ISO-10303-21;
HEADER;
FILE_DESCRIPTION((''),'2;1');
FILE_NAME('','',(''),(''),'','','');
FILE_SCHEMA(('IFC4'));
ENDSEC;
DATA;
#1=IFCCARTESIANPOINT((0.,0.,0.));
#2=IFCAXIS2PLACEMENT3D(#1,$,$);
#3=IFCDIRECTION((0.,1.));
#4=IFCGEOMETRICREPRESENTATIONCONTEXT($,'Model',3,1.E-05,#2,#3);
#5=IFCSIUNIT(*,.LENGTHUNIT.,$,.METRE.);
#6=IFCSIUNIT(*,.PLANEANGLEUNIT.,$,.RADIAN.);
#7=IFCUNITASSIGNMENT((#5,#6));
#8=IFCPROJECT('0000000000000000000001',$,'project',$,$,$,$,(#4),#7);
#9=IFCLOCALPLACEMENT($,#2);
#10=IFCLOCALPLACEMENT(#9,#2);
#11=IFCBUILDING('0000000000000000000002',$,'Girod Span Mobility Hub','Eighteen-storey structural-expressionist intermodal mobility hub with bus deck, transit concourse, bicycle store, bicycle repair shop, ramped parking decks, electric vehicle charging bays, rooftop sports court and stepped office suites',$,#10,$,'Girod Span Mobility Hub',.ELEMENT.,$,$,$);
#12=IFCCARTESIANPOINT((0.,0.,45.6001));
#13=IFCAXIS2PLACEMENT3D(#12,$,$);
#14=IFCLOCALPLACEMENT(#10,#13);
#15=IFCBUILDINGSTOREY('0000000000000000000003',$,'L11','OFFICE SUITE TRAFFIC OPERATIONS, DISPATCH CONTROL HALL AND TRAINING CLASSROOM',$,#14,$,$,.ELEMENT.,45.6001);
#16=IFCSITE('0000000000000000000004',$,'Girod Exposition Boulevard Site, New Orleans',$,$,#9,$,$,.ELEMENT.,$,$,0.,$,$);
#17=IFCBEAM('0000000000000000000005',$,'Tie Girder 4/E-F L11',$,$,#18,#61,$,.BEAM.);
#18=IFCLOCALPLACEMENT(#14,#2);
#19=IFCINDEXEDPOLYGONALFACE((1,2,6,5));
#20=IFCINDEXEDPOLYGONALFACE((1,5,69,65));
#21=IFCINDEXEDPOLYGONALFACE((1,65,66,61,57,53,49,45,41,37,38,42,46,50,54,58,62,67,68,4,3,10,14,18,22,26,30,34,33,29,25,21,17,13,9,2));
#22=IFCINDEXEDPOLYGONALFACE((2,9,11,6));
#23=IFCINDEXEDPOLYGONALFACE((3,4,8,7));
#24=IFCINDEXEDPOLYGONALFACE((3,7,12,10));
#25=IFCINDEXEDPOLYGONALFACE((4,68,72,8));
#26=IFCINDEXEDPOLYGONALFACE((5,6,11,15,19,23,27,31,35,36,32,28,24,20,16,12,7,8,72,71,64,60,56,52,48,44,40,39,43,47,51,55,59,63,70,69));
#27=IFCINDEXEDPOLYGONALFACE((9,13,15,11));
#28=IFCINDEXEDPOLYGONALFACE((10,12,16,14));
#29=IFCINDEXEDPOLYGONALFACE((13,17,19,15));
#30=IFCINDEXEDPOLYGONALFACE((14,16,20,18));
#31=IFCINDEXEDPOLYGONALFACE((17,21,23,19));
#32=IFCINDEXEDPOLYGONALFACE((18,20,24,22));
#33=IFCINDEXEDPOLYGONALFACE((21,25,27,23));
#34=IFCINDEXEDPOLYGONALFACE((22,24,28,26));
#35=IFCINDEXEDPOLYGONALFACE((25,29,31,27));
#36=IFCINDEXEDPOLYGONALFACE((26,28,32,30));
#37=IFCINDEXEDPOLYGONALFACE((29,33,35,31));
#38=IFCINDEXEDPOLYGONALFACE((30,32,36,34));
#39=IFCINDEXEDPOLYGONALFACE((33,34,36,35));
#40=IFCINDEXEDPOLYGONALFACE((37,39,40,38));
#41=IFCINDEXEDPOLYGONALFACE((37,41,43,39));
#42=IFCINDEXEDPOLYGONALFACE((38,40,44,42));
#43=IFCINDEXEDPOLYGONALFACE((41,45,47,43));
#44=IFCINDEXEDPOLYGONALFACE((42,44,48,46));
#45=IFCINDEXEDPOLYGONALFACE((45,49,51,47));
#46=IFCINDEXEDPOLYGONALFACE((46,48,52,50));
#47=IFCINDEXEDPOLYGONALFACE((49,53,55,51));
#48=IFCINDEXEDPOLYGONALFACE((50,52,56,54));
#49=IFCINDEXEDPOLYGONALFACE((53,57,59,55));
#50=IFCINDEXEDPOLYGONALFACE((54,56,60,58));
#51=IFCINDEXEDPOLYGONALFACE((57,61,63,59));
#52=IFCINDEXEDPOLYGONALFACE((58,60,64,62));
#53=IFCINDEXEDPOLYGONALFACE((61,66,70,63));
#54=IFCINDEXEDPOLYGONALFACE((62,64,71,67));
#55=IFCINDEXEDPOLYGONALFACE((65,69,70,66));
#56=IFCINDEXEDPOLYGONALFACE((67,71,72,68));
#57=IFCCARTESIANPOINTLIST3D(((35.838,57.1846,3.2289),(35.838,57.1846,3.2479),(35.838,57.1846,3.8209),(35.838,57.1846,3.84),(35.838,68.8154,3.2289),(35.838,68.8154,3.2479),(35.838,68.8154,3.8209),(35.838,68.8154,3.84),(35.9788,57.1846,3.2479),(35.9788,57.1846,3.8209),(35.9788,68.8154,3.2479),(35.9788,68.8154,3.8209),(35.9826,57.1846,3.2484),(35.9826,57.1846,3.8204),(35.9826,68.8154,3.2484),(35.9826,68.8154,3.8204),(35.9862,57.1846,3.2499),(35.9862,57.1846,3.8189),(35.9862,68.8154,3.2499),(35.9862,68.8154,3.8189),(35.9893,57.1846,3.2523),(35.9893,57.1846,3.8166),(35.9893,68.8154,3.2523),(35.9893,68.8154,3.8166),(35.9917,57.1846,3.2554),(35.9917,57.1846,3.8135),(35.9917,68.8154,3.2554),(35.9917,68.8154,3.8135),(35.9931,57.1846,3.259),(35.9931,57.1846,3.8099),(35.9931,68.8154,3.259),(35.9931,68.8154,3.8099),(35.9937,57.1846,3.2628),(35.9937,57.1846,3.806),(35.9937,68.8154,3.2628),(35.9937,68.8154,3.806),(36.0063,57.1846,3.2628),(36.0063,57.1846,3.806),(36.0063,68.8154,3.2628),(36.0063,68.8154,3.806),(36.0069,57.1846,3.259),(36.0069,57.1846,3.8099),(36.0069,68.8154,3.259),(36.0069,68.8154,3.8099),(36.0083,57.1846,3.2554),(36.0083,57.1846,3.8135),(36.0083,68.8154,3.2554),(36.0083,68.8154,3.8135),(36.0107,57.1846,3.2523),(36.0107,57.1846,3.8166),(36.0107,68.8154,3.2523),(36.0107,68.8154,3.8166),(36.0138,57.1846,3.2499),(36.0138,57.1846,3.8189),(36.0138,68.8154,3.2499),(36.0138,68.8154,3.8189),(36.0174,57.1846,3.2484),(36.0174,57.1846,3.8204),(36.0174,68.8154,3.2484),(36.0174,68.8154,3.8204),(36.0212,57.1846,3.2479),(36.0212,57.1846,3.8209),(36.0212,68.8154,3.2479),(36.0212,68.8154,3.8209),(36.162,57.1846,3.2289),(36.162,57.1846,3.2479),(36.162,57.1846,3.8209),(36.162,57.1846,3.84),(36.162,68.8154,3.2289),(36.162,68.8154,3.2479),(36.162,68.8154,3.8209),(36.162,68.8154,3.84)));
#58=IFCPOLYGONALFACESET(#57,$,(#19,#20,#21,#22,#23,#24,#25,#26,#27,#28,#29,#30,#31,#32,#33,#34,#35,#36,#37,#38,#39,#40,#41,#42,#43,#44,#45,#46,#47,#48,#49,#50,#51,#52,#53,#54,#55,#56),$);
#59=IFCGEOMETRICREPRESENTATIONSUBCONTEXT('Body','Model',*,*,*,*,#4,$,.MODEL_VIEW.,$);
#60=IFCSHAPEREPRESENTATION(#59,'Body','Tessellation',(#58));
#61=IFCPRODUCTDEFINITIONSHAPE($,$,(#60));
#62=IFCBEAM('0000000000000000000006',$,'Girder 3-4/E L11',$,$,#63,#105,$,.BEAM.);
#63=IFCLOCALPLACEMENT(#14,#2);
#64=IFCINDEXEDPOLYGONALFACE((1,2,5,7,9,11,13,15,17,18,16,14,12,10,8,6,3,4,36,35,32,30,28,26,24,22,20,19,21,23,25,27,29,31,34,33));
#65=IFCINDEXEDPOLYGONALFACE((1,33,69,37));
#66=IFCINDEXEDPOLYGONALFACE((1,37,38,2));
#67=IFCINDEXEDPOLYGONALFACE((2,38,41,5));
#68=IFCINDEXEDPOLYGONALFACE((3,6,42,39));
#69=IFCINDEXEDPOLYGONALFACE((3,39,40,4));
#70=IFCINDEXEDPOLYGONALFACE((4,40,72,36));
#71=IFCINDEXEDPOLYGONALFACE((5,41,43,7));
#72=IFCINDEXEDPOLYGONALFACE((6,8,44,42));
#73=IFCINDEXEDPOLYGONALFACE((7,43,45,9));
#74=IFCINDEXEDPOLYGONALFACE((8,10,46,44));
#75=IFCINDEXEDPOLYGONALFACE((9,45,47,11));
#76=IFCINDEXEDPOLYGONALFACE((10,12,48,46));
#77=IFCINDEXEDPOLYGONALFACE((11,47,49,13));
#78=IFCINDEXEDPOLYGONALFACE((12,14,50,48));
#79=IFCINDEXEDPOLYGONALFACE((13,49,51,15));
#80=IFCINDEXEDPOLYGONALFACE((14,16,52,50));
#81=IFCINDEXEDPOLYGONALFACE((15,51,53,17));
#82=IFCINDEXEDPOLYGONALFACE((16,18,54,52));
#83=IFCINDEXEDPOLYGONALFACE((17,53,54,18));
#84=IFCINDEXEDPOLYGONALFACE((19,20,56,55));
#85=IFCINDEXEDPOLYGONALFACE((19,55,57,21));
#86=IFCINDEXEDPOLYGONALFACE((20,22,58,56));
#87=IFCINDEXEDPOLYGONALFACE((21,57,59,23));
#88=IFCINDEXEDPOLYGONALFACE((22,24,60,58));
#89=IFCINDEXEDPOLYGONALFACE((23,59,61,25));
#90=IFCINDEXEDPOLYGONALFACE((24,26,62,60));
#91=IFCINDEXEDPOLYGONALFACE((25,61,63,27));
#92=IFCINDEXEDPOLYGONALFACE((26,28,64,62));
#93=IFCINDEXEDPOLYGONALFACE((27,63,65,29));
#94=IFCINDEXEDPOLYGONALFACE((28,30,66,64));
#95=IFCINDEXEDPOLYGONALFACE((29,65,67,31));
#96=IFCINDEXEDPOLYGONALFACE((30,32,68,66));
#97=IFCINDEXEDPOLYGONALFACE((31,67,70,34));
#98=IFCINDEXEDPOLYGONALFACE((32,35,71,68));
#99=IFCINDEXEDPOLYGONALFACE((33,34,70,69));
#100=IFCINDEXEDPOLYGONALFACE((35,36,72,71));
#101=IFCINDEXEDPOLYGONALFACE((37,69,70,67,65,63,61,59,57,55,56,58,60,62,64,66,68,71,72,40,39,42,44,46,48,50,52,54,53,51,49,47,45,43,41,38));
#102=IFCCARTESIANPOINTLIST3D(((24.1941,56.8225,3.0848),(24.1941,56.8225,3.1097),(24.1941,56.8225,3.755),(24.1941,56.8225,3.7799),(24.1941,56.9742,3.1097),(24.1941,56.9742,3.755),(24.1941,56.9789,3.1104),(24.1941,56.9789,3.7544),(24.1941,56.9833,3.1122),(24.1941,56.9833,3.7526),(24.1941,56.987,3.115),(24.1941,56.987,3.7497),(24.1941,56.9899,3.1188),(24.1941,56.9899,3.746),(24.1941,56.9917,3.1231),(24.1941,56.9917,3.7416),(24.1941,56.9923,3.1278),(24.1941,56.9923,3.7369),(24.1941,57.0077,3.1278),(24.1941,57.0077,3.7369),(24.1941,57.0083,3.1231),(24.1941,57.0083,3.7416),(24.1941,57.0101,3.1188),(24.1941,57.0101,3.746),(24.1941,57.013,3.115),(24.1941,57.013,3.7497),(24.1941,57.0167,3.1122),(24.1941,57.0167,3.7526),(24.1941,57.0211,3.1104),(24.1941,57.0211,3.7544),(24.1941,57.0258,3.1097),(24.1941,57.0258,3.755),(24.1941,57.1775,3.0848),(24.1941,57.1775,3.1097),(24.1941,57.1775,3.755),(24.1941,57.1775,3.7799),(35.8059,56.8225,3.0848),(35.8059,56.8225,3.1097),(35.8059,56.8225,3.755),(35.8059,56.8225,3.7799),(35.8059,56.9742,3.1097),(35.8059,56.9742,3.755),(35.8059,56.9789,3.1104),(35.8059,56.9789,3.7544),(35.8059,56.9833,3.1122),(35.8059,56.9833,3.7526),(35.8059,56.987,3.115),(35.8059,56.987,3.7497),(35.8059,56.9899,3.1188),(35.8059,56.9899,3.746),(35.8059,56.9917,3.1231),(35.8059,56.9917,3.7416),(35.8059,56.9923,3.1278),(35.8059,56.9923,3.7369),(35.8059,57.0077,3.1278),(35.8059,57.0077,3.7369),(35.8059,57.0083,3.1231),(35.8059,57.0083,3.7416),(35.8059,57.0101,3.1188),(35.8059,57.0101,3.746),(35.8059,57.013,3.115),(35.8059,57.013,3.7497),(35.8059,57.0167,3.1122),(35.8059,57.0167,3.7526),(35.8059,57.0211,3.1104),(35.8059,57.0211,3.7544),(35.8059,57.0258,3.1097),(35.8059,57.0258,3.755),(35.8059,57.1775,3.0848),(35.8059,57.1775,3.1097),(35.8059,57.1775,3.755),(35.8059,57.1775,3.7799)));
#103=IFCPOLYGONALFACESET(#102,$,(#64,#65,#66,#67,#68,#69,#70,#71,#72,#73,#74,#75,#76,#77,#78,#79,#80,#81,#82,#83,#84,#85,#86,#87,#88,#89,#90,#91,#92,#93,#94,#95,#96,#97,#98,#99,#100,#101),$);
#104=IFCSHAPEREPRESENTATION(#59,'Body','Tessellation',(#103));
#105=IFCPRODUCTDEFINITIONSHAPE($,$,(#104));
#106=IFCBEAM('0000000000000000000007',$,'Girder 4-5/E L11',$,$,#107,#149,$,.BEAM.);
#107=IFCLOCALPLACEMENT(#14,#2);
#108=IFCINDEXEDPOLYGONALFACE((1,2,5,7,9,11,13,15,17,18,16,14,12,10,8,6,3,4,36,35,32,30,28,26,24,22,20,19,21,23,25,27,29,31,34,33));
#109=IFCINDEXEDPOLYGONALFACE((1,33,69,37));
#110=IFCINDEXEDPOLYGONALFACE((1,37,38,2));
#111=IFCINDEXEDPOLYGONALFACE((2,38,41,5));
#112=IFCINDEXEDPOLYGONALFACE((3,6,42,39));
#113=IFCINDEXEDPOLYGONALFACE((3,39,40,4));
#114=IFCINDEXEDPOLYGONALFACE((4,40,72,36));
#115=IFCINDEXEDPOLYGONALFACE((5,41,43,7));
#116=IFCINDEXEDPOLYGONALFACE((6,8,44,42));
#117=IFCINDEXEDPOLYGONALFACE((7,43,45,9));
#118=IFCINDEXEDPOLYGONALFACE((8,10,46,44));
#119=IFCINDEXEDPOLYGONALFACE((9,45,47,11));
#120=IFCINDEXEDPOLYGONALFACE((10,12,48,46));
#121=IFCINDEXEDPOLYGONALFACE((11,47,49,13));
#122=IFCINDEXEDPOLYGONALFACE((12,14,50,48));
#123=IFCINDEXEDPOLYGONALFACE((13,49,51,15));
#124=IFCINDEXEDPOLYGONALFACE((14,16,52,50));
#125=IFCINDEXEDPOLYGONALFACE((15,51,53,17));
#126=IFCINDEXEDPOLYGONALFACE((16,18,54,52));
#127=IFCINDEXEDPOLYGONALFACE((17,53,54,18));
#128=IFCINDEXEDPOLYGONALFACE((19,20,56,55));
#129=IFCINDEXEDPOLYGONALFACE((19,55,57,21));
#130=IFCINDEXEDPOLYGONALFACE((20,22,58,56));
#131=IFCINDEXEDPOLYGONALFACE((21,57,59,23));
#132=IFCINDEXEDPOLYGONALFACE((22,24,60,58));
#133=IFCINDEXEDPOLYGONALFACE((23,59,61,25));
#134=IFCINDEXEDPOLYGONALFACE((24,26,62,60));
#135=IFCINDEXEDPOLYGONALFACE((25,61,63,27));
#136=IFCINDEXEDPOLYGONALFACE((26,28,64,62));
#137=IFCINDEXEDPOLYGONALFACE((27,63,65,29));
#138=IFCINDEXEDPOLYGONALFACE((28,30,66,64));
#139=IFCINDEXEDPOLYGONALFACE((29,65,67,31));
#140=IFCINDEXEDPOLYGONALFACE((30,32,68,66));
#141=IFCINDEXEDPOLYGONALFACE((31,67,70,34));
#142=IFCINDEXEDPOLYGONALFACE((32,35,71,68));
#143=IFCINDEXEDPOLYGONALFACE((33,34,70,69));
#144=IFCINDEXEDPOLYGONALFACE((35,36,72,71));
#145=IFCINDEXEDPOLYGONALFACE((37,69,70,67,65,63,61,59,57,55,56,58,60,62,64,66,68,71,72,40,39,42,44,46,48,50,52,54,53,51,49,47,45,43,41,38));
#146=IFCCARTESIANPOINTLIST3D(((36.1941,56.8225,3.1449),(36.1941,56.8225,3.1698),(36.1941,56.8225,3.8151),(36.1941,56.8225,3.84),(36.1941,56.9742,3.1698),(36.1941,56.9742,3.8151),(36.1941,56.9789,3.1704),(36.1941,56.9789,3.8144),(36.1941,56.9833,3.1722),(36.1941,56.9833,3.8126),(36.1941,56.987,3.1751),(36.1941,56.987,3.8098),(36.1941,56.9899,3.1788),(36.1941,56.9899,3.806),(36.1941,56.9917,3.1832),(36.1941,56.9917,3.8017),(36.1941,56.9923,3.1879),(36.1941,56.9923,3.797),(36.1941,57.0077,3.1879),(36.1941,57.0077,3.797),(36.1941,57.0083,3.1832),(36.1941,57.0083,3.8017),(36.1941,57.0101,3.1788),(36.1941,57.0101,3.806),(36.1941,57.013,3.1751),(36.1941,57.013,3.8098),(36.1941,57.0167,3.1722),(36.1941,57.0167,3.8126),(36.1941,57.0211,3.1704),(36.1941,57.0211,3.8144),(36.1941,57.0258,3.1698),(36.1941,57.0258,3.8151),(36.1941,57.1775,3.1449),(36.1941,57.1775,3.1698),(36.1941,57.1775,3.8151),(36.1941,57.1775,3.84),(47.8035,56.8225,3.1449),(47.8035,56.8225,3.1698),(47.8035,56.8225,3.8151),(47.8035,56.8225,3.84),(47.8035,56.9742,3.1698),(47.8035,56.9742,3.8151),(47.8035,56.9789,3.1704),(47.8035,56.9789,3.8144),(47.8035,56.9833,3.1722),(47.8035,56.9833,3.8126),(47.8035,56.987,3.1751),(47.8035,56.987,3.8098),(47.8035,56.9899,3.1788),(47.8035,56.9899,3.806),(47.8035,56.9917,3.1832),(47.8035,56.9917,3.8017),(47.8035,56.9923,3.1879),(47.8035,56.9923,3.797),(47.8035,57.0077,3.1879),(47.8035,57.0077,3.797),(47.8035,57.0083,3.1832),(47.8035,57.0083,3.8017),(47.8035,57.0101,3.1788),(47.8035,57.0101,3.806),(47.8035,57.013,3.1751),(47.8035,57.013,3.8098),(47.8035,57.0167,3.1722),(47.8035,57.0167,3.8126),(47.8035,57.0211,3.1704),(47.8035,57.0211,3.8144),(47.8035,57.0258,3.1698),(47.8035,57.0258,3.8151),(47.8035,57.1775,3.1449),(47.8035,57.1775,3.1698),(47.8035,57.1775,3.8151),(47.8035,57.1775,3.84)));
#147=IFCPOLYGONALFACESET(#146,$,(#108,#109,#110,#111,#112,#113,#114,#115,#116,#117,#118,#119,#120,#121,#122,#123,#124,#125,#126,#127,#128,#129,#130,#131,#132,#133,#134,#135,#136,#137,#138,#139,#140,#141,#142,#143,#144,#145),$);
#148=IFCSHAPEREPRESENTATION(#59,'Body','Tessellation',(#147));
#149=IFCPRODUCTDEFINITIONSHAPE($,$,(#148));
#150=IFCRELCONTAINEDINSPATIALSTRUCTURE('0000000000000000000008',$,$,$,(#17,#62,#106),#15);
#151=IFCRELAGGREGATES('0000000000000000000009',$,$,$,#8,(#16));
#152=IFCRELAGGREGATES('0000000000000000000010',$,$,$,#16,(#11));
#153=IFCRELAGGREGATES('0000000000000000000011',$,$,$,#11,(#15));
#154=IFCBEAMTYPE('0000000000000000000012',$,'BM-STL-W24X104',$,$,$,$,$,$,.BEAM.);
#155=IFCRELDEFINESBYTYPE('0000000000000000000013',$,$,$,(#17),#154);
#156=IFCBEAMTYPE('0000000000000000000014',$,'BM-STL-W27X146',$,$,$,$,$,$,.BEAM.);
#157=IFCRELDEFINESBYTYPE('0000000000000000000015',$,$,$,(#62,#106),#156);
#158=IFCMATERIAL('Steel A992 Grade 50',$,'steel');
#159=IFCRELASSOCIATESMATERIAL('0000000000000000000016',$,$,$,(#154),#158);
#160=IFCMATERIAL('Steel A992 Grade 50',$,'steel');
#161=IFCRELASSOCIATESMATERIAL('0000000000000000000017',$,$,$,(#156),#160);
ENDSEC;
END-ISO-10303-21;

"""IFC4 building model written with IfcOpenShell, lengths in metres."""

from ifc_helpers import new_model, si_unit, direction, frame, origin, origin_2d, place, context, subcontext, project, spatial, i_section, extrude, material, material_profile, profile_set, type_object, element, save


model = new_model("IFC4")

# Units and contexts
model_context = context("Model", 3, precision=1e-05, world=origin(), true_north=direction((0.0, 1.0)))
body_context = subcontext(model_context, "Body", "Model", "MODEL_VIEW")
ifc_project = project(units=[si_unit("LENGTHUNIT", "METRE"), si_unit("PLANEANGLEUNIT", "RADIAN")], contexts=[model_context])

# Site, building, storey
site_placement = place(None, origin())
site = spatial("IfcSite", under=ifc_project, at=site_placement, Name="Girod Exposition Boulevard Site, New Orleans", CompositionType="ELEMENT", RefElevation=0.0)
building_placement = place(site_placement, origin())
building = spatial("IfcBuilding", under=site, at=building_placement, Name="Girod Span Mobility Hub", Description="Eighteen-storey structural-expressionist intermodal mobility hub with bus deck, transit concourse, bicycle store, bicycle repair shop, ramped parking decks, electric vehicle charging bays, rooftop sports court and stepped office suites", LongName="Girod Span Mobility Hub", CompositionType="ELEMENT")
storey_placement = place(building_placement, frame((0.0, 0.0, 45.6001)))
storey = spatial("IfcBuildingStorey", under=building, at=storey_placement, Name="L11", Description="OFFICE SUITE TRAFFIC OPERATIONS, DISPATCH CONTROL HALL AND TRAINING CLASSROOM", CompositionType="ELEMENT", Elevation=45.6001)

# Beams
ifc_material_1 = material(Name="Steel A992 Grade 50", Category="steel")
ifc_material_profile_1 = material_profile(ifc_material_1, i_section(OverallWidth=0.324, OverallDepth=0.6111, WebThickness=0.0127, FlangeThickness=0.019, FilletRadius=0.0149, at=origin_2d()), Name="W24X104")
ifc_profile_set_1 = profile_set([ifc_material_profile_1], Name="Steel A992 Grade 50")
beam_type_1 = type_object("IfcBeamType", Name="BM-STL-W24X104", PredefinedType="BEAM", material=ifc_profile_set_1)
beam_1_placement = place(storey_placement, frame((36.0, 57.1846, 3.5344), z_axis=(0.0, 1.0, 0.0), x_axis=(-1.0, 0.0, 0.0)))
element("IfcBeam", 1, at=beam_1_placement, inside=storey, type_object=beam_type_1, Name="Tie Girder 4/E-F L11", PredefinedType="BEAM", context=body_context, shape_type="SweptSolid", body=[
    extrude(i_section(OverallWidth=0.324, OverallDepth=0.6111, WebThickness=0.0127, FlangeThickness=0.019, FilletRadius=0.0149, at=origin_2d()), origin(), (0.0, 0.0, 1.0), 11.6309),
])
ifc_material_2 = material(Name="Steel A992 Grade 50", Category="steel")
ifc_material_profile_2 = material_profile(ifc_material_2, i_section(OverallWidth=0.355, OverallDepth=0.6951, WebThickness=0.0154, FlangeThickness=0.0249, FilletRadius=0.0181, at=origin_2d()), Name="W27X146")
ifc_profile_set_2 = profile_set([ifc_material_profile_2], Name="Steel A992 Grade 50")
beam_type_2 = type_object("IfcBeamType", Name="BM-STL-W27X146", PredefinedType="BEAM", material=ifc_profile_set_2)
beam_2_placement = place(storey_placement, frame((24.1941, 57.0, 3.4324), z_axis=(1.0, 0.0, 0.0), x_axis=(0.0, 1.0, 0.0)))
element("IfcBeam", 2, at=beam_2_placement, inside=storey, type_object=beam_type_2, Name="Girder 3-4/E L11", PredefinedType="BEAM", context=body_context, shape_type="SweptSolid", body=[
    extrude(i_section(OverallWidth=0.355, OverallDepth=0.6951, WebThickness=0.0154, FlangeThickness=0.0249, FilletRadius=0.0181, at=origin_2d()), origin(), (0.0, 0.0, 1.0), 11.6118),
])
beam_3_placement = place(storey_placement, frame((36.1941, 57.0, 3.4924), z_axis=(1.0, 0.0, 0.0), x_axis=(0.0, 1.0, 0.0)))
element("IfcBeam", 3, at=beam_3_placement, inside=storey, type_object=beam_type_2, Name="Girder 4-5/E L11", PredefinedType="BEAM", context=body_context, shape_type="SweptSolid", body=[
    extrude(i_section(OverallWidth=0.355, OverallDepth=0.6951, WebThickness=0.0154, FlangeThickness=0.0249, FilletRadius=0.0181, at=origin_2d()), origin(), (0.0, 0.0, 1.0), 11.6094),
])

save(model, "model.ifc")
